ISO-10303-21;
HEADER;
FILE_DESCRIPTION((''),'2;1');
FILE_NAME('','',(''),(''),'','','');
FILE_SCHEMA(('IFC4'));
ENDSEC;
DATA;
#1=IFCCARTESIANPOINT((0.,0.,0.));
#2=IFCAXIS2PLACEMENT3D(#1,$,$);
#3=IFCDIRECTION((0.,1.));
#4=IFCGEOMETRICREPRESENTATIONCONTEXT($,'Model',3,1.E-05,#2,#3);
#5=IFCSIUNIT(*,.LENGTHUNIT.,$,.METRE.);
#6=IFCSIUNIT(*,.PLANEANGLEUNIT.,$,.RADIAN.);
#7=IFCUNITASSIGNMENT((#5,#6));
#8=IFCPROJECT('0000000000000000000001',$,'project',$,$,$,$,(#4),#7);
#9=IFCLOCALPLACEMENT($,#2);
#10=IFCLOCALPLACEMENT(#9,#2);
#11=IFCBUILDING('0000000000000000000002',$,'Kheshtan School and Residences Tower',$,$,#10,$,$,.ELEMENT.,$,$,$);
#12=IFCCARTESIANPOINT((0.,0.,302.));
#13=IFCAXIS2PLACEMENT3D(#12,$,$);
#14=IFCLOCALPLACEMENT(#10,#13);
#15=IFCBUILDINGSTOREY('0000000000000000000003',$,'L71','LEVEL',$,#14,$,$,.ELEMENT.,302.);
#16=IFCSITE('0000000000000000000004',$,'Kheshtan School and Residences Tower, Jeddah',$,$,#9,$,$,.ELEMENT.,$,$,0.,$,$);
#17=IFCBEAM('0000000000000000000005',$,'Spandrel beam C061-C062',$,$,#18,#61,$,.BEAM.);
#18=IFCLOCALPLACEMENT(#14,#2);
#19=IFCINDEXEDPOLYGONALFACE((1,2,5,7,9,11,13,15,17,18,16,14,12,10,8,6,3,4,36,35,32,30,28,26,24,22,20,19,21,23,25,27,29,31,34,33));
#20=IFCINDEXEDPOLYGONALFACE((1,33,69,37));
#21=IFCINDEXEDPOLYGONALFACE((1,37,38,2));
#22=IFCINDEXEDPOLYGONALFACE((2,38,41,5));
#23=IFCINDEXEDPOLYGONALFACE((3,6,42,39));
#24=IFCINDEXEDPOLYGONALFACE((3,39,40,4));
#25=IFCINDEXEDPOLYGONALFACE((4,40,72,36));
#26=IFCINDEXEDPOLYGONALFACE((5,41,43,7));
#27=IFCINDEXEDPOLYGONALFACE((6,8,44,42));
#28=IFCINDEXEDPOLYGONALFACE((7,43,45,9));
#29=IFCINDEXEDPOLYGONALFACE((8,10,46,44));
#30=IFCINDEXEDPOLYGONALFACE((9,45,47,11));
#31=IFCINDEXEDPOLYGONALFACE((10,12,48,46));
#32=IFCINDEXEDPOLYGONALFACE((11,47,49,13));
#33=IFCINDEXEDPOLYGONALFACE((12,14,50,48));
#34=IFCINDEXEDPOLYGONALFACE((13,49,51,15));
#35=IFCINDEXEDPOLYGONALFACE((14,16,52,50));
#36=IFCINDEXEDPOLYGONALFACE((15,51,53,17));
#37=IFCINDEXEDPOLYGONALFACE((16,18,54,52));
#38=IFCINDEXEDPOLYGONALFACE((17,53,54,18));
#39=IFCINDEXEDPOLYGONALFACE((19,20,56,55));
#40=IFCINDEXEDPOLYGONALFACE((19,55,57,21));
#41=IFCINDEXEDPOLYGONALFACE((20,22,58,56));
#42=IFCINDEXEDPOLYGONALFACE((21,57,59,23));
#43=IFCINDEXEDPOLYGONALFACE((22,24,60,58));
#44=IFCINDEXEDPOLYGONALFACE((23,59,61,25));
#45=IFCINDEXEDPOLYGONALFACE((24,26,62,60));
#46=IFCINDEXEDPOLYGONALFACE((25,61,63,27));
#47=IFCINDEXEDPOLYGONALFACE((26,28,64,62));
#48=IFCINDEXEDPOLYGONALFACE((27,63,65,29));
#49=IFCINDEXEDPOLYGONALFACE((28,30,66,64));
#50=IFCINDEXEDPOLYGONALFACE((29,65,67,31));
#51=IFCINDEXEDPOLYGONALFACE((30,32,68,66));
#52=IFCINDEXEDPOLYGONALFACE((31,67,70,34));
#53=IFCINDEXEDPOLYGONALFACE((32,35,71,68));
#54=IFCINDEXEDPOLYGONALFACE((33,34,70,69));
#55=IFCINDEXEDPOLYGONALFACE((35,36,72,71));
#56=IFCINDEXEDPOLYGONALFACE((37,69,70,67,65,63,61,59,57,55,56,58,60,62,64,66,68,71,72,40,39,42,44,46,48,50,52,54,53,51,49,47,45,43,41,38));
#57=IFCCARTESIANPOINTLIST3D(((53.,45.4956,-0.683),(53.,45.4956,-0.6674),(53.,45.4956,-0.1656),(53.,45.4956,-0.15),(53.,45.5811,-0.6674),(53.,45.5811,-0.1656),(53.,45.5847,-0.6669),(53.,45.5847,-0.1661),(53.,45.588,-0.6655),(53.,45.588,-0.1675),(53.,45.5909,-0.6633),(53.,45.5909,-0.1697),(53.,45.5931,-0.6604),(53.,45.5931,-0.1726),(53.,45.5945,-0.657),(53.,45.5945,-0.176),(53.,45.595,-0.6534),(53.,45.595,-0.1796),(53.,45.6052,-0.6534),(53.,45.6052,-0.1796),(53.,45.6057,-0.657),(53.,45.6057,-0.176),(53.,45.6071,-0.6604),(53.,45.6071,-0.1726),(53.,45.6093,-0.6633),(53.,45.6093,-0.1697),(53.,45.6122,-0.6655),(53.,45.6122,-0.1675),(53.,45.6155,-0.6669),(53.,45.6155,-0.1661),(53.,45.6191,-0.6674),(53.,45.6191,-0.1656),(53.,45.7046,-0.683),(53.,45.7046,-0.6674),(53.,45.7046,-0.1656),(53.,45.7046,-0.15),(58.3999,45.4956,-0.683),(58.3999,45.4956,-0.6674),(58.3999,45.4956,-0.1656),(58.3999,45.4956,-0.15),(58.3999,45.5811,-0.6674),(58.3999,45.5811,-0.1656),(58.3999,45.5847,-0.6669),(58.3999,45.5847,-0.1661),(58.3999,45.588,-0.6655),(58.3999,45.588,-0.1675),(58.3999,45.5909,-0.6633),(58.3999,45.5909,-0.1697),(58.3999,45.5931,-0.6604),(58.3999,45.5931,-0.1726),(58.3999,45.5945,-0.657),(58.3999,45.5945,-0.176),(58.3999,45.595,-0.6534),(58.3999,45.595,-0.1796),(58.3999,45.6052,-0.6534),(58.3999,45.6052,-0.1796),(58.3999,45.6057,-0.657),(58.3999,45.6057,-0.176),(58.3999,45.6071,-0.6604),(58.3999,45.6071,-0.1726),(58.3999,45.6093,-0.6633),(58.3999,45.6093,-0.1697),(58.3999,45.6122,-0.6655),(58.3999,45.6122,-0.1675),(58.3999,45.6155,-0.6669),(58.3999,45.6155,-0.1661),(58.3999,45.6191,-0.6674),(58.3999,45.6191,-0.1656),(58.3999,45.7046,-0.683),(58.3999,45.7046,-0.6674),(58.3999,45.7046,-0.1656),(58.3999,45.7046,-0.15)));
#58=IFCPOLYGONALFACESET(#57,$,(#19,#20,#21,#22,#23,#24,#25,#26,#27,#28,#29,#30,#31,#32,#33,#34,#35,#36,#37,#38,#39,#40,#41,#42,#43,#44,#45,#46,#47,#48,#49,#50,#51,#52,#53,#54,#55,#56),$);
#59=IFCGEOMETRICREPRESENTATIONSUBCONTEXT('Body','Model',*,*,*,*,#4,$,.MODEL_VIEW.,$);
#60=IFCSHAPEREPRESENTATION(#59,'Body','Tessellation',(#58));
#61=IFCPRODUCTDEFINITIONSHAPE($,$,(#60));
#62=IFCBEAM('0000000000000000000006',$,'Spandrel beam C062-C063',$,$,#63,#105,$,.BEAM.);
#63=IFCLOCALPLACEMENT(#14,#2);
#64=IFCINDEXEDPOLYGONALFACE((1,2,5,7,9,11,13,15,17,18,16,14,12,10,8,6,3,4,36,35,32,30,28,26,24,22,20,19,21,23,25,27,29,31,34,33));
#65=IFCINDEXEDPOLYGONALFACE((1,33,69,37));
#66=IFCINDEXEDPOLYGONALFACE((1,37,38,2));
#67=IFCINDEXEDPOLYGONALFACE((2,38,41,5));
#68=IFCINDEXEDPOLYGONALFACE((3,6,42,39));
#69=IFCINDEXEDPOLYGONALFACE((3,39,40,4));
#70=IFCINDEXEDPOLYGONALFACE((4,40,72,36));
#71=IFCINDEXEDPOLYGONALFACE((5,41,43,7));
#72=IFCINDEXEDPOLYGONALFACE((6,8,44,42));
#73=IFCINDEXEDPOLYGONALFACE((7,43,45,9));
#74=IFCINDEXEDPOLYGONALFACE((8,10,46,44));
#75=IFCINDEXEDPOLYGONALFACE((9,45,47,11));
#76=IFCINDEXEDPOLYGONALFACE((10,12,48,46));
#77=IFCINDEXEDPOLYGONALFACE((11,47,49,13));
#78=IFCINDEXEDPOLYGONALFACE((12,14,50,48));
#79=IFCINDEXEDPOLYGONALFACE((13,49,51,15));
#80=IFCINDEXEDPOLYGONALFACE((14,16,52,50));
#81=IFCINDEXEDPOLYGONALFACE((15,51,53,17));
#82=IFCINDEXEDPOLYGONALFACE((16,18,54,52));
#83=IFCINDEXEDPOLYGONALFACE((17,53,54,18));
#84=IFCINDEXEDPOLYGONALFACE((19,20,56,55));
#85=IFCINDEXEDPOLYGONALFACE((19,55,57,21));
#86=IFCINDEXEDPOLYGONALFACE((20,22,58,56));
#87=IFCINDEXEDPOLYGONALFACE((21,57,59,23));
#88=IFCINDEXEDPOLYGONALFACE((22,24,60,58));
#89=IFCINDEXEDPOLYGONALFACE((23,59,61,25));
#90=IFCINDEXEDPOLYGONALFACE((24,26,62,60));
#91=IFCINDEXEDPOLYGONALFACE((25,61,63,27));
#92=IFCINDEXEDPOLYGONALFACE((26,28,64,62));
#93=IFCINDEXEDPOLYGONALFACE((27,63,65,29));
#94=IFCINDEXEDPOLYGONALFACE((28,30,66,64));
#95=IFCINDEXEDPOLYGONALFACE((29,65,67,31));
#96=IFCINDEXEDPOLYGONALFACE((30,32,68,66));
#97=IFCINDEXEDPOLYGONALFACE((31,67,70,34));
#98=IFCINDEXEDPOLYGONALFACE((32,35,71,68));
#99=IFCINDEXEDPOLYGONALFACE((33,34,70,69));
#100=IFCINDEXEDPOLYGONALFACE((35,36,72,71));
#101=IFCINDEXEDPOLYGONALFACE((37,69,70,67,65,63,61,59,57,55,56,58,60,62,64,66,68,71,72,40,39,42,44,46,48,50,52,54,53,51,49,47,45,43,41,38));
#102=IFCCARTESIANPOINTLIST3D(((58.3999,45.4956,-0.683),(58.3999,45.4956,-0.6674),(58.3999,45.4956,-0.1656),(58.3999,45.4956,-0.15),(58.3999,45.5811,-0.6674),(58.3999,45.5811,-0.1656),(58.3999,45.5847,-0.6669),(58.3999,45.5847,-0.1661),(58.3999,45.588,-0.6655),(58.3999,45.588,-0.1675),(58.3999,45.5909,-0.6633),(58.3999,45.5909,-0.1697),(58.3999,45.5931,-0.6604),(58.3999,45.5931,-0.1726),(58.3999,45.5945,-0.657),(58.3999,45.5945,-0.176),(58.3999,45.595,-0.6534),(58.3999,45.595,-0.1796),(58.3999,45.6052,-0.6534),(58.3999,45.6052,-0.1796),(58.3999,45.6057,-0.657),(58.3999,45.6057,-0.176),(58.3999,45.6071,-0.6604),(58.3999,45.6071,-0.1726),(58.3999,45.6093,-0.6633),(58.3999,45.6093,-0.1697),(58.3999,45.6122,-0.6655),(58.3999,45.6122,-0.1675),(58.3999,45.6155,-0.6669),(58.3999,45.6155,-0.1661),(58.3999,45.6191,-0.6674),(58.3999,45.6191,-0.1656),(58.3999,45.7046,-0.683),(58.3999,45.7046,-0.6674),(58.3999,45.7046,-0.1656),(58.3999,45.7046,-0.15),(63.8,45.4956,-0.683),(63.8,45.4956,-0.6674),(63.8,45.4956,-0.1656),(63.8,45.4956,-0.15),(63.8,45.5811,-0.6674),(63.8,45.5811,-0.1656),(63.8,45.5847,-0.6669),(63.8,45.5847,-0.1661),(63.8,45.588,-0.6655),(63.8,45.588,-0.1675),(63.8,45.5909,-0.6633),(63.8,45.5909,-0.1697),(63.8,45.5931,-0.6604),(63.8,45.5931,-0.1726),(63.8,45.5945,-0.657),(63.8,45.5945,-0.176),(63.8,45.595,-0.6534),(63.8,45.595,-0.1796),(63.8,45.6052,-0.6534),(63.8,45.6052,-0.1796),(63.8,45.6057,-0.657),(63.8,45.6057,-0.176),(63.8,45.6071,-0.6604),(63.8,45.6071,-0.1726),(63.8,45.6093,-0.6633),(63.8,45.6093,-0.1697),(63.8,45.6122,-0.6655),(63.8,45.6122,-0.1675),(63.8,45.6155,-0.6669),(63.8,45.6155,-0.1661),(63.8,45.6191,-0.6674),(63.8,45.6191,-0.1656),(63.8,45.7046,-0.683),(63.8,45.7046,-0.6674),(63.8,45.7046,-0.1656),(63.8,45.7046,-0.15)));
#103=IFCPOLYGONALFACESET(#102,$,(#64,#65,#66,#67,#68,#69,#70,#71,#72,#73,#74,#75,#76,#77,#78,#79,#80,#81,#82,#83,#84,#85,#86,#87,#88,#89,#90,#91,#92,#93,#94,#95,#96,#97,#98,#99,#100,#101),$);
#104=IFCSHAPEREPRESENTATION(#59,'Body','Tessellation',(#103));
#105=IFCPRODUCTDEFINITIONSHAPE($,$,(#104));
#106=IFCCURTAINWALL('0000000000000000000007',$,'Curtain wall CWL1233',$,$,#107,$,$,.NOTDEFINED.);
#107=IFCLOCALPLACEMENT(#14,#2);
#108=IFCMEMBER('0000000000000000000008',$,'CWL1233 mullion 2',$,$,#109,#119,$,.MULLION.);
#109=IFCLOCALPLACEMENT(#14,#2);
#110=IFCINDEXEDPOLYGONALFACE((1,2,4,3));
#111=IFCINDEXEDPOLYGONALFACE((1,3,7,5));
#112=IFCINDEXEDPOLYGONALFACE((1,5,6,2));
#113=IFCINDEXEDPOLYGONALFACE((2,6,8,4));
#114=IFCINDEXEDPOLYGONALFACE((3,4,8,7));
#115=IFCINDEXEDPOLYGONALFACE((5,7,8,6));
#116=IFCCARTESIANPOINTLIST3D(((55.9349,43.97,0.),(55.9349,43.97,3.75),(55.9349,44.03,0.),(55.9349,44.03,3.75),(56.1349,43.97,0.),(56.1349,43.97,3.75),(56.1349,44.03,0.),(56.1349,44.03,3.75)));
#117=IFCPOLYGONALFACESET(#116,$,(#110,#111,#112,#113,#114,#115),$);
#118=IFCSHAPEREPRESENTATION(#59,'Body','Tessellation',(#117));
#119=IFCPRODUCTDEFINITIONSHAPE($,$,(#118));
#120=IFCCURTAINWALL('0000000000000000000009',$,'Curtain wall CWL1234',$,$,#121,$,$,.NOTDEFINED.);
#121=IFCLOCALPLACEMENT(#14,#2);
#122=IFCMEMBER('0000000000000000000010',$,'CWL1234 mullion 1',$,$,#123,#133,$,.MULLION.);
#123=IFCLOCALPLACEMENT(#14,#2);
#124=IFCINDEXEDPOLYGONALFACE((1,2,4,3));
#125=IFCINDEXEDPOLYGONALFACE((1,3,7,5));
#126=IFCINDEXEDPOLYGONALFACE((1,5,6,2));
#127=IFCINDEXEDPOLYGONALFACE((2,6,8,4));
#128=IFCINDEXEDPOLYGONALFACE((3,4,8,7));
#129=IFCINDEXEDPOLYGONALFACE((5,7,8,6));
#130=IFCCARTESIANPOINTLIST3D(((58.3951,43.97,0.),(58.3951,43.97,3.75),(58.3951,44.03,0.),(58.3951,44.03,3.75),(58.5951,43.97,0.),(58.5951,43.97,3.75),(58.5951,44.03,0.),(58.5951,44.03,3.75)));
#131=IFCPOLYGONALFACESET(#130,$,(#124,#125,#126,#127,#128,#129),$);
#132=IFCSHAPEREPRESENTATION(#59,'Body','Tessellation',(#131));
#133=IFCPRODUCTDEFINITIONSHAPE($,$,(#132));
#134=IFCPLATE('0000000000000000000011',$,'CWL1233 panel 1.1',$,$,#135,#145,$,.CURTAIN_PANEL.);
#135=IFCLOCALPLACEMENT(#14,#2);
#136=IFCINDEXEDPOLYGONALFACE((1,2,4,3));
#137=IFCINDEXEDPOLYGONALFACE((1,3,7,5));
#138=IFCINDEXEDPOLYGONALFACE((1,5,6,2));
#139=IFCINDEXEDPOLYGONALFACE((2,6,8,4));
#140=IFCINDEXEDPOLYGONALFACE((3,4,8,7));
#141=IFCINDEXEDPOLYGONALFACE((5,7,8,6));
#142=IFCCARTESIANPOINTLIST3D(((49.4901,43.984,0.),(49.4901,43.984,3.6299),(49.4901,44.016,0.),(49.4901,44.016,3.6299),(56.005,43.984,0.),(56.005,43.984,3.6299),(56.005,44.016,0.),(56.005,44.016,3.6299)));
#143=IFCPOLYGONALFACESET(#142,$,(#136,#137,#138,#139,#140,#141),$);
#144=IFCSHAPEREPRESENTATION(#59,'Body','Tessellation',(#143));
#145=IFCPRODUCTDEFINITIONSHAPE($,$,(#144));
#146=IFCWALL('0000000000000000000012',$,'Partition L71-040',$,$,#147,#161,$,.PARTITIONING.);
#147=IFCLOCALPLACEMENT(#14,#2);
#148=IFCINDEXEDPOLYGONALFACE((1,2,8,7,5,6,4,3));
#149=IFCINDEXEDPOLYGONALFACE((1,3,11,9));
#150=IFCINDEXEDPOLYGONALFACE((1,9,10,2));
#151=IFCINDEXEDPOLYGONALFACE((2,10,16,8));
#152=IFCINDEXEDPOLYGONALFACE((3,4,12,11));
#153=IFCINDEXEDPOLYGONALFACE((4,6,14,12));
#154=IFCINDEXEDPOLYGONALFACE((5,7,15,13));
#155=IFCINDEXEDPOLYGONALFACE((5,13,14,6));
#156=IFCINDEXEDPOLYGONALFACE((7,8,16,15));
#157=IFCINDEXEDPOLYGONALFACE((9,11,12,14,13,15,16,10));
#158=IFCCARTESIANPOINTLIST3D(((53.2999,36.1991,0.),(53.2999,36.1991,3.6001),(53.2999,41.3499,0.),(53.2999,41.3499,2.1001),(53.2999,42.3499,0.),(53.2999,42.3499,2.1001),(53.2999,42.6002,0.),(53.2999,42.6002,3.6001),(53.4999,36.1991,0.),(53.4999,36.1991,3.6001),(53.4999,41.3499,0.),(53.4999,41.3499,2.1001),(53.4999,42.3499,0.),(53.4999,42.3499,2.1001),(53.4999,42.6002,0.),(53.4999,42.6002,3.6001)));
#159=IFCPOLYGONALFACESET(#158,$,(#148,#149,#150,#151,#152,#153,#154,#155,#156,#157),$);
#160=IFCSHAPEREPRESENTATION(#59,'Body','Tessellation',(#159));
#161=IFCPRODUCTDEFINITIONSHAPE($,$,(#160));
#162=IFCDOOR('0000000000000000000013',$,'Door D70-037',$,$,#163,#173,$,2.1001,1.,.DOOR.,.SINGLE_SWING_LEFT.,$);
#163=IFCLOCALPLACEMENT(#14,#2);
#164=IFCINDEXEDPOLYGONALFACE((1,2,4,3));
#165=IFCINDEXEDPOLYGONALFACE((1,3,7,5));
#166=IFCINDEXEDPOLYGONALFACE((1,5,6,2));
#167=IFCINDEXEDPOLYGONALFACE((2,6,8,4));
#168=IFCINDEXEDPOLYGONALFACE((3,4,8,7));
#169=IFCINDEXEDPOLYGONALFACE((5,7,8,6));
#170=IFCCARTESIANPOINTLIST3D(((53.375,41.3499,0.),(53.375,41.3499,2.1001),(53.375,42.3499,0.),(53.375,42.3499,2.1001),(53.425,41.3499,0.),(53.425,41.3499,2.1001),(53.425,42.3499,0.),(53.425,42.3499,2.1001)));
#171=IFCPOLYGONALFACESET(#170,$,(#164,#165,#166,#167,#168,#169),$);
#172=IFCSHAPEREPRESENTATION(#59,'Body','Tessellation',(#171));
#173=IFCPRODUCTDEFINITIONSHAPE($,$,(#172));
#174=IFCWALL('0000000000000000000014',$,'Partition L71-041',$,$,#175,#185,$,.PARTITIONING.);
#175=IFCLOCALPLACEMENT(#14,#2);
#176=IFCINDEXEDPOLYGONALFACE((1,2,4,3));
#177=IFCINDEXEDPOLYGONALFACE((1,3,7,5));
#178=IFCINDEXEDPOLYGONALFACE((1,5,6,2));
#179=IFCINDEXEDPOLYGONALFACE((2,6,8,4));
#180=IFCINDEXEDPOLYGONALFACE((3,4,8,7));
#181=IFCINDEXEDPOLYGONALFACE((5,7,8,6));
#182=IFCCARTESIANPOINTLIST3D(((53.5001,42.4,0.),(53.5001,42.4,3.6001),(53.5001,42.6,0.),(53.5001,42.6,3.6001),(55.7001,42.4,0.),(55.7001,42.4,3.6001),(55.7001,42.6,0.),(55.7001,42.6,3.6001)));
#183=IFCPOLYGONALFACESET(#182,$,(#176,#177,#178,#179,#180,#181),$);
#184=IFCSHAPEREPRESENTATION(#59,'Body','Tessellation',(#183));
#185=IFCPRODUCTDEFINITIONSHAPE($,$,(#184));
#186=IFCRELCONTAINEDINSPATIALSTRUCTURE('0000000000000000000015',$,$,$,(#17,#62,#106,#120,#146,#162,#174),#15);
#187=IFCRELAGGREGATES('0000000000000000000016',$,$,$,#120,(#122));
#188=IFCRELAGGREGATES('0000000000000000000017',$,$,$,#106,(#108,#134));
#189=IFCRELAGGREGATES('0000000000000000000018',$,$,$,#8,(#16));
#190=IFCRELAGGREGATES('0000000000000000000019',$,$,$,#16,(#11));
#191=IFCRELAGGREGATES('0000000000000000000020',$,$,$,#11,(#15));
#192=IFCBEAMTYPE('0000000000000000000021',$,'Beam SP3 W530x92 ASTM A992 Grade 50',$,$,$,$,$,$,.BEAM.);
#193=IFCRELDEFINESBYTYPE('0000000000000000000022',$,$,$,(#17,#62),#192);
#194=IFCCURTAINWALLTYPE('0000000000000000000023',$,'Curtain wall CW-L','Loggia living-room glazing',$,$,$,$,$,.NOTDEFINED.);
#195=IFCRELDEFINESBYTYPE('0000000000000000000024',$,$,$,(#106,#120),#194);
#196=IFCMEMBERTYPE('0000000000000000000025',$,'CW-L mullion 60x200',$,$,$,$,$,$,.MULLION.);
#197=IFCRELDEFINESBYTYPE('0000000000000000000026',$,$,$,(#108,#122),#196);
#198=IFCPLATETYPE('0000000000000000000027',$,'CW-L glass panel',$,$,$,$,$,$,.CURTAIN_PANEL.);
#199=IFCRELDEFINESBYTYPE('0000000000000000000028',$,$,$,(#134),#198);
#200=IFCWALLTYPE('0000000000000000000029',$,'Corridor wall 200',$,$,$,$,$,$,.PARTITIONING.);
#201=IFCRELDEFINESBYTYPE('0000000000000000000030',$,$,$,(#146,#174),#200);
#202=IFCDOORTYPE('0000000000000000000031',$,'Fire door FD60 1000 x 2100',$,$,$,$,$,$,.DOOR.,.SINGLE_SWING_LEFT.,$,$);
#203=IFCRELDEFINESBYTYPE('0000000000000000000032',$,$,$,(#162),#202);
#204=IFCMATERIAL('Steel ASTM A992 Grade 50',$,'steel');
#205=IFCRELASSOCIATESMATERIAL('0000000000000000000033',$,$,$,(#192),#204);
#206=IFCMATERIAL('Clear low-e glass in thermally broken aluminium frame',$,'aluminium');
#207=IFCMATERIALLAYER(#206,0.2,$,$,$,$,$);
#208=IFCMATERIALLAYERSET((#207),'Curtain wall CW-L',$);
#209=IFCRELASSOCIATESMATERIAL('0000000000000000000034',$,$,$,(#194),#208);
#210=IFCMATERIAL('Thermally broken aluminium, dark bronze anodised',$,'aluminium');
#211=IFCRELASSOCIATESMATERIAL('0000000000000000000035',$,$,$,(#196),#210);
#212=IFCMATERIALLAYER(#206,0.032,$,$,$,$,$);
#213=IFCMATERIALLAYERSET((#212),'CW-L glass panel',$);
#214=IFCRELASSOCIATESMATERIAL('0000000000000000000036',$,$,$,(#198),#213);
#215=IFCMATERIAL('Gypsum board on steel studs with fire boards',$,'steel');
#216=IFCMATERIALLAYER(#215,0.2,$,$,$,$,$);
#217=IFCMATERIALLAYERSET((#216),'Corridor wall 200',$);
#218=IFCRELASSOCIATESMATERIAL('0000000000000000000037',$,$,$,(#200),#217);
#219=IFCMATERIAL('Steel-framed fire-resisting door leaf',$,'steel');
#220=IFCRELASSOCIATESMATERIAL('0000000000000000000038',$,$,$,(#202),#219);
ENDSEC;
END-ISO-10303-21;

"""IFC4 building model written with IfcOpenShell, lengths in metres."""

from ifc_helpers import new_model, si_unit, direction, frame, frame_2d, origin, origin_2d, place, context, subcontext, project, spatial, rectangle, i_section, extrude, source, transform, mapped, material, layer, layer_set, material_profile, profile_set, type_object, element, fill, aggregate, save


model = new_model("IFC4")

# Units and contexts
model_context = context("Model", 3, precision=1e-05, world=origin(), true_north=direction((0.0, 1.0)))
body_context = subcontext(model_context, "Body", "Model", "MODEL_VIEW")
ifc_project = project(units=[si_unit("LENGTHUNIT", "METRE"), si_unit("PLANEANGLEUNIT", "RADIAN")], contexts=[model_context])

# Site, building, storey
site_placement = place(None, origin())
site = spatial("IfcSite", under=ifc_project, at=site_placement, Name="Kheshtan School and Residences Tower, Jeddah", CompositionType="ELEMENT", RefElevation=0.0)
building_placement = place(site_placement, origin())
building = spatial("IfcBuilding", under=site, at=building_placement, Name="Kheshtan School and Residences Tower", CompositionType="ELEMENT")
storey_placement = place(building_placement, frame((0.0, 0.0, 302.0)))
storey = spatial("IfcBuildingStorey", under=building, at=storey_placement, Name="L71", Description="LEVEL", CompositionType="ELEMENT", Elevation=302.0)

# Shared definitions
ifc_material_1 = material(Name="Steel ASTM A992 Grade 50", Category="steel")

# Beams
ifc_material_profile_1 = material_profile(ifc_material_1, i_section(OverallWidth=0.209, OverallDepth=0.533, WebThickness=0.0103, FlangeThickness=0.0156, FilletRadius=0.0139, at=origin_2d()), Name="W530x92")
ifc_profile_set_1 = profile_set([ifc_material_profile_1], Name="Steel ASTM A992 Grade 50")
beam_type = type_object("IfcBeamType", Name="Beam SP3 W530x92 ASTM A992 Grade 50", PredefinedType="BEAM", material=ifc_profile_set_1)
beam_1_placement = place(storey_placement, frame((53.0, 45.6001, -0.4165), z_axis=(1.0, 0.0, 0.0), x_axis=(0.0, 1.0, 0.0)))
element("IfcBeam", 1, at=beam_1_placement, inside=storey, type_object=beam_type, Name="Spandrel beam C061-C062", PredefinedType="BEAM", context=body_context, shape_type="SweptSolid", body=[
    extrude(i_section(OverallWidth=0.209, OverallDepth=0.533, WebThickness=0.0103, FlangeThickness=0.0156, FilletRadius=0.0139, at=origin_2d()), origin(), (0.0, 0.0, 1.0), 5.3999),
])
beam_2_placement = place(storey_placement, frame((58.3999, 45.6001, -0.4165), z_axis=(1.0, 0.0, 0.0), x_axis=(0.0, 1.0, 0.0)))
element("IfcBeam", 2, at=beam_2_placement, inside=storey, type_object=beam_type, Name="Spandrel beam C062-C063", PredefinedType="BEAM", context=body_context, shape_type="SweptSolid", body=[
    extrude(i_section(OverallWidth=0.209, OverallDepth=0.533, WebThickness=0.0103, FlangeThickness=0.0156, FilletRadius=0.0139, at=origin_2d()), origin(), (0.0, 0.0, 1.0), 5.4001),
])

# Curtain walls, members
ifc_material_2 = material(Name="Clear low-e glass in thermally broken aluminium frame", Category="aluminium")
ifc_layer_1 = layer(ifc_material_2, 0.2)
ifc_layer_set_1 = layer_set([ifc_layer_1], Name="Curtain wall CW-L")
curtain_wall_type = type_object("IfcCurtainWallType", Name="Curtain wall CW-L", Description="Loggia living-room glazing", PredefinedType="NOTDEFINED", material=ifc_layer_set_1)
curtain_wall_1_placement = place(storey_placement, origin())
curtain_wall_1 = element("IfcCurtainWall", 3, at=curtain_wall_1_placement, inside=storey, type_object=curtain_wall_type, Name="Curtain wall CWL1233", PredefinedType="NOTDEFINED")
ifc_material_3 = material(Name="Thermally broken aluminium, dark bronze anodised", Category="aluminium")
ifc_material_profile_2 = material_profile(ifc_material_3, rectangle(XDim=0.0601, YDim=0.2, at=origin_2d()), Name="CW-L mullion 60x200")
ifc_profile_set_2 = profile_set([ifc_material_profile_2], Name="Thermally broken aluminium, dark bronze anodised")
member_type = type_object("IfcMemberType", Name="CW-L mullion 60x200", PredefinedType="MULLION", material=ifc_profile_set_2)
member_1_placement = place(storey_placement, frame((56.0349, 44.0, 0.0), z_axis=(0.0, 0.0, 1.0), x_axis=(0.0, 1.0, 0.0)))
member_1 = element("IfcMember", 4, at=member_1_placement, type_object=member_type, Name="CWL1233 mullion 2", PredefinedType="MULLION", context=body_context, shape_type="SweptSolid", body=[
    extrude(rectangle(XDim=0.0601, YDim=0.2, at=origin_2d()), origin(), (0.0, 0.0, 1.0), 3.75),
])
curtain_wall_2_placement = place(storey_placement, origin())
curtain_wall_2 = element("IfcCurtainWall", 5, at=curtain_wall_2_placement, inside=storey, type_object=curtain_wall_type, Name="Curtain wall CWL1234", PredefinedType="NOTDEFINED")
member_2_placement = place(storey_placement, frame((58.4951, 44.0, 0.0), z_axis=(0.0, 0.0, 1.0), x_axis=(0.0, 1.0, 0.0)))
member_2 = element("IfcMember", 6, at=member_2_placement, type_object=member_type, Name="CWL1234 mullion 1", PredefinedType="MULLION", context=body_context, shape_type="SweptSolid", body=[
    extrude(rectangle(XDim=0.0601, YDim=0.2, at=origin_2d()), origin(), (0.0, 0.0, 1.0), 3.75),
])
aggregate(curtain_wall_2, [member_2])

# Plate
ifc_layer_2 = layer(ifc_material_2, 0.032)
ifc_layer_set_2 = layer_set([ifc_layer_2], Name="CW-L glass panel")
plate_type = type_object("IfcPlateType", Name="CW-L glass panel", PredefinedType="CURTAIN_PANEL", material=ifc_layer_set_2)
plate_placement = place(storey_placement, frame((52.7476, 44.0, 0.0), z_axis=(0.0, 0.0, 1.0), x_axis=(1.0, 0.0, 0.0)))
plate = element("IfcPlate", 7, at=plate_placement, type_object=plate_type, Name="CWL1233 panel 1.1", PredefinedType="CURTAIN_PANEL", context=body_context, shape_type="SweptSolid", body=[
    extrude(rectangle(XDim=6.5149, YDim=0.032, at=origin_2d()), origin(), (0.0, 0.0, 1.0), 3.6299),
])
aggregate(curtain_wall_1, [member_1, plate])

# Wall, opening, door
ifc_material_4 = material(Name="Gypsum board on steel studs with fire boards", Category="steel")
ifc_layer_3 = layer(ifc_material_4, 0.2)
ifc_layer_set_3 = layer_set([ifc_layer_3], Name="Corridor wall 200")
wall_type_1 = type_object("IfcWallType", Name="Corridor wall 200", PredefinedType="PARTITIONING", material=ifc_layer_set_3)
wall_1_placement = place(storey_placement, frame((53.3999, 36.199, 0.0), z_axis=(0.0, 0.0, 1.0), x_axis=(0.0, 1.0, 0.0)))
wall_1 = element("IfcWall", 8, at=wall_1_placement, inside=storey, type_object=wall_type_1, Name="Partition L71-040", PredefinedType="PARTITIONING", context=body_context, shape_type="SweptSolid", body=[
    extrude(rectangle(XDim=6.4011, YDim=0.2, at=frame_2d((3.2007, 0.0))), origin(), (0.0, 0.0, 1.0), 3.6001),
])
opening_1_placement = place(wall_1_placement, frame((5.1509, 0.0, 0.0)))
opening_1 = element("IfcOpeningElement", 9, at=opening_1_placement, cuts=wall_1, PredefinedType="OPENING", context=body_context, shape_type="SweptSolid", body=[
    extrude(rectangle(XDim=1.0, YDim=2.1001, at=frame_2d((0.5, 1.05))), frame((0.0, 0.1099, 0.0), z_axis=(0.0, -1.0, 0.0), x_axis=(1.0, 0.0, 0.0)), (0.0, 0.0, 1.0), 0.22),
])
ifc_material_5 = material(Name="Steel-framed fire-resisting door leaf", Category="steel")
door_type_1 = type_object("IfcDoorType", Name="Fire door FD60 1000 x 2100", OperationType="SINGLE_SWING_LEFT", PredefinedType="DOOR", material=ifc_material_5)
shared_shape_1 = source(origin(), body_context, "Body", "SweptSolid", [
    extrude(rectangle(XDim=1.0, YDim=2.1001, at=frame_2d((0.5, 1.05))), frame((0.0, 0.0249, 0.0), z_axis=(0.0, -1.0, 0.0), x_axis=(1.0, 0.0, 0.0)), (0.0, 0.0, 1.0), 0.05),
])
door_1_placement = place(opening_1_placement, origin())
door_1 = element("IfcDoor", 10, at=door_1_placement, inside=storey, type_object=door_type_1, Name="Door D70-037", OperationType="SINGLE_SWING_LEFT", OverallHeight=2.1001, OverallWidth=1.0, PredefinedType="DOOR", context=body_context, shape_type="MappedRepresentation", body=[
    mapped(shared_shape_1, transform((0.0, 0.0, 0.0), x_axis=(1.0, 0.0, 0.0), y_axis=(0.0, 1.0, 0.0), z_axis=(0.0, 0.0, 1.0), scale=1.0)),
])
fill(opening_1, door_1)

# Wall
wall_2_placement = place(storey_placement, frame((53.5, 42.5, 0.0), z_axis=(0.0, 0.0, 1.0), x_axis=(1.0, 0.0, 0.0)))
element("IfcWall", 11, at=wall_2_placement, inside=storey, type_object=wall_type_1, Name="Partition L71-041", PredefinedType="PARTITIONING", context=body_context, shape_type="SweptSolid", body=[
    extrude(rectangle(XDim=2.2, YDim=0.2, at=frame_2d((1.1001, 0.0))), origin(), (0.0, 0.0, 1.0), 3.6001),
])

save(model, "model.ifc")
